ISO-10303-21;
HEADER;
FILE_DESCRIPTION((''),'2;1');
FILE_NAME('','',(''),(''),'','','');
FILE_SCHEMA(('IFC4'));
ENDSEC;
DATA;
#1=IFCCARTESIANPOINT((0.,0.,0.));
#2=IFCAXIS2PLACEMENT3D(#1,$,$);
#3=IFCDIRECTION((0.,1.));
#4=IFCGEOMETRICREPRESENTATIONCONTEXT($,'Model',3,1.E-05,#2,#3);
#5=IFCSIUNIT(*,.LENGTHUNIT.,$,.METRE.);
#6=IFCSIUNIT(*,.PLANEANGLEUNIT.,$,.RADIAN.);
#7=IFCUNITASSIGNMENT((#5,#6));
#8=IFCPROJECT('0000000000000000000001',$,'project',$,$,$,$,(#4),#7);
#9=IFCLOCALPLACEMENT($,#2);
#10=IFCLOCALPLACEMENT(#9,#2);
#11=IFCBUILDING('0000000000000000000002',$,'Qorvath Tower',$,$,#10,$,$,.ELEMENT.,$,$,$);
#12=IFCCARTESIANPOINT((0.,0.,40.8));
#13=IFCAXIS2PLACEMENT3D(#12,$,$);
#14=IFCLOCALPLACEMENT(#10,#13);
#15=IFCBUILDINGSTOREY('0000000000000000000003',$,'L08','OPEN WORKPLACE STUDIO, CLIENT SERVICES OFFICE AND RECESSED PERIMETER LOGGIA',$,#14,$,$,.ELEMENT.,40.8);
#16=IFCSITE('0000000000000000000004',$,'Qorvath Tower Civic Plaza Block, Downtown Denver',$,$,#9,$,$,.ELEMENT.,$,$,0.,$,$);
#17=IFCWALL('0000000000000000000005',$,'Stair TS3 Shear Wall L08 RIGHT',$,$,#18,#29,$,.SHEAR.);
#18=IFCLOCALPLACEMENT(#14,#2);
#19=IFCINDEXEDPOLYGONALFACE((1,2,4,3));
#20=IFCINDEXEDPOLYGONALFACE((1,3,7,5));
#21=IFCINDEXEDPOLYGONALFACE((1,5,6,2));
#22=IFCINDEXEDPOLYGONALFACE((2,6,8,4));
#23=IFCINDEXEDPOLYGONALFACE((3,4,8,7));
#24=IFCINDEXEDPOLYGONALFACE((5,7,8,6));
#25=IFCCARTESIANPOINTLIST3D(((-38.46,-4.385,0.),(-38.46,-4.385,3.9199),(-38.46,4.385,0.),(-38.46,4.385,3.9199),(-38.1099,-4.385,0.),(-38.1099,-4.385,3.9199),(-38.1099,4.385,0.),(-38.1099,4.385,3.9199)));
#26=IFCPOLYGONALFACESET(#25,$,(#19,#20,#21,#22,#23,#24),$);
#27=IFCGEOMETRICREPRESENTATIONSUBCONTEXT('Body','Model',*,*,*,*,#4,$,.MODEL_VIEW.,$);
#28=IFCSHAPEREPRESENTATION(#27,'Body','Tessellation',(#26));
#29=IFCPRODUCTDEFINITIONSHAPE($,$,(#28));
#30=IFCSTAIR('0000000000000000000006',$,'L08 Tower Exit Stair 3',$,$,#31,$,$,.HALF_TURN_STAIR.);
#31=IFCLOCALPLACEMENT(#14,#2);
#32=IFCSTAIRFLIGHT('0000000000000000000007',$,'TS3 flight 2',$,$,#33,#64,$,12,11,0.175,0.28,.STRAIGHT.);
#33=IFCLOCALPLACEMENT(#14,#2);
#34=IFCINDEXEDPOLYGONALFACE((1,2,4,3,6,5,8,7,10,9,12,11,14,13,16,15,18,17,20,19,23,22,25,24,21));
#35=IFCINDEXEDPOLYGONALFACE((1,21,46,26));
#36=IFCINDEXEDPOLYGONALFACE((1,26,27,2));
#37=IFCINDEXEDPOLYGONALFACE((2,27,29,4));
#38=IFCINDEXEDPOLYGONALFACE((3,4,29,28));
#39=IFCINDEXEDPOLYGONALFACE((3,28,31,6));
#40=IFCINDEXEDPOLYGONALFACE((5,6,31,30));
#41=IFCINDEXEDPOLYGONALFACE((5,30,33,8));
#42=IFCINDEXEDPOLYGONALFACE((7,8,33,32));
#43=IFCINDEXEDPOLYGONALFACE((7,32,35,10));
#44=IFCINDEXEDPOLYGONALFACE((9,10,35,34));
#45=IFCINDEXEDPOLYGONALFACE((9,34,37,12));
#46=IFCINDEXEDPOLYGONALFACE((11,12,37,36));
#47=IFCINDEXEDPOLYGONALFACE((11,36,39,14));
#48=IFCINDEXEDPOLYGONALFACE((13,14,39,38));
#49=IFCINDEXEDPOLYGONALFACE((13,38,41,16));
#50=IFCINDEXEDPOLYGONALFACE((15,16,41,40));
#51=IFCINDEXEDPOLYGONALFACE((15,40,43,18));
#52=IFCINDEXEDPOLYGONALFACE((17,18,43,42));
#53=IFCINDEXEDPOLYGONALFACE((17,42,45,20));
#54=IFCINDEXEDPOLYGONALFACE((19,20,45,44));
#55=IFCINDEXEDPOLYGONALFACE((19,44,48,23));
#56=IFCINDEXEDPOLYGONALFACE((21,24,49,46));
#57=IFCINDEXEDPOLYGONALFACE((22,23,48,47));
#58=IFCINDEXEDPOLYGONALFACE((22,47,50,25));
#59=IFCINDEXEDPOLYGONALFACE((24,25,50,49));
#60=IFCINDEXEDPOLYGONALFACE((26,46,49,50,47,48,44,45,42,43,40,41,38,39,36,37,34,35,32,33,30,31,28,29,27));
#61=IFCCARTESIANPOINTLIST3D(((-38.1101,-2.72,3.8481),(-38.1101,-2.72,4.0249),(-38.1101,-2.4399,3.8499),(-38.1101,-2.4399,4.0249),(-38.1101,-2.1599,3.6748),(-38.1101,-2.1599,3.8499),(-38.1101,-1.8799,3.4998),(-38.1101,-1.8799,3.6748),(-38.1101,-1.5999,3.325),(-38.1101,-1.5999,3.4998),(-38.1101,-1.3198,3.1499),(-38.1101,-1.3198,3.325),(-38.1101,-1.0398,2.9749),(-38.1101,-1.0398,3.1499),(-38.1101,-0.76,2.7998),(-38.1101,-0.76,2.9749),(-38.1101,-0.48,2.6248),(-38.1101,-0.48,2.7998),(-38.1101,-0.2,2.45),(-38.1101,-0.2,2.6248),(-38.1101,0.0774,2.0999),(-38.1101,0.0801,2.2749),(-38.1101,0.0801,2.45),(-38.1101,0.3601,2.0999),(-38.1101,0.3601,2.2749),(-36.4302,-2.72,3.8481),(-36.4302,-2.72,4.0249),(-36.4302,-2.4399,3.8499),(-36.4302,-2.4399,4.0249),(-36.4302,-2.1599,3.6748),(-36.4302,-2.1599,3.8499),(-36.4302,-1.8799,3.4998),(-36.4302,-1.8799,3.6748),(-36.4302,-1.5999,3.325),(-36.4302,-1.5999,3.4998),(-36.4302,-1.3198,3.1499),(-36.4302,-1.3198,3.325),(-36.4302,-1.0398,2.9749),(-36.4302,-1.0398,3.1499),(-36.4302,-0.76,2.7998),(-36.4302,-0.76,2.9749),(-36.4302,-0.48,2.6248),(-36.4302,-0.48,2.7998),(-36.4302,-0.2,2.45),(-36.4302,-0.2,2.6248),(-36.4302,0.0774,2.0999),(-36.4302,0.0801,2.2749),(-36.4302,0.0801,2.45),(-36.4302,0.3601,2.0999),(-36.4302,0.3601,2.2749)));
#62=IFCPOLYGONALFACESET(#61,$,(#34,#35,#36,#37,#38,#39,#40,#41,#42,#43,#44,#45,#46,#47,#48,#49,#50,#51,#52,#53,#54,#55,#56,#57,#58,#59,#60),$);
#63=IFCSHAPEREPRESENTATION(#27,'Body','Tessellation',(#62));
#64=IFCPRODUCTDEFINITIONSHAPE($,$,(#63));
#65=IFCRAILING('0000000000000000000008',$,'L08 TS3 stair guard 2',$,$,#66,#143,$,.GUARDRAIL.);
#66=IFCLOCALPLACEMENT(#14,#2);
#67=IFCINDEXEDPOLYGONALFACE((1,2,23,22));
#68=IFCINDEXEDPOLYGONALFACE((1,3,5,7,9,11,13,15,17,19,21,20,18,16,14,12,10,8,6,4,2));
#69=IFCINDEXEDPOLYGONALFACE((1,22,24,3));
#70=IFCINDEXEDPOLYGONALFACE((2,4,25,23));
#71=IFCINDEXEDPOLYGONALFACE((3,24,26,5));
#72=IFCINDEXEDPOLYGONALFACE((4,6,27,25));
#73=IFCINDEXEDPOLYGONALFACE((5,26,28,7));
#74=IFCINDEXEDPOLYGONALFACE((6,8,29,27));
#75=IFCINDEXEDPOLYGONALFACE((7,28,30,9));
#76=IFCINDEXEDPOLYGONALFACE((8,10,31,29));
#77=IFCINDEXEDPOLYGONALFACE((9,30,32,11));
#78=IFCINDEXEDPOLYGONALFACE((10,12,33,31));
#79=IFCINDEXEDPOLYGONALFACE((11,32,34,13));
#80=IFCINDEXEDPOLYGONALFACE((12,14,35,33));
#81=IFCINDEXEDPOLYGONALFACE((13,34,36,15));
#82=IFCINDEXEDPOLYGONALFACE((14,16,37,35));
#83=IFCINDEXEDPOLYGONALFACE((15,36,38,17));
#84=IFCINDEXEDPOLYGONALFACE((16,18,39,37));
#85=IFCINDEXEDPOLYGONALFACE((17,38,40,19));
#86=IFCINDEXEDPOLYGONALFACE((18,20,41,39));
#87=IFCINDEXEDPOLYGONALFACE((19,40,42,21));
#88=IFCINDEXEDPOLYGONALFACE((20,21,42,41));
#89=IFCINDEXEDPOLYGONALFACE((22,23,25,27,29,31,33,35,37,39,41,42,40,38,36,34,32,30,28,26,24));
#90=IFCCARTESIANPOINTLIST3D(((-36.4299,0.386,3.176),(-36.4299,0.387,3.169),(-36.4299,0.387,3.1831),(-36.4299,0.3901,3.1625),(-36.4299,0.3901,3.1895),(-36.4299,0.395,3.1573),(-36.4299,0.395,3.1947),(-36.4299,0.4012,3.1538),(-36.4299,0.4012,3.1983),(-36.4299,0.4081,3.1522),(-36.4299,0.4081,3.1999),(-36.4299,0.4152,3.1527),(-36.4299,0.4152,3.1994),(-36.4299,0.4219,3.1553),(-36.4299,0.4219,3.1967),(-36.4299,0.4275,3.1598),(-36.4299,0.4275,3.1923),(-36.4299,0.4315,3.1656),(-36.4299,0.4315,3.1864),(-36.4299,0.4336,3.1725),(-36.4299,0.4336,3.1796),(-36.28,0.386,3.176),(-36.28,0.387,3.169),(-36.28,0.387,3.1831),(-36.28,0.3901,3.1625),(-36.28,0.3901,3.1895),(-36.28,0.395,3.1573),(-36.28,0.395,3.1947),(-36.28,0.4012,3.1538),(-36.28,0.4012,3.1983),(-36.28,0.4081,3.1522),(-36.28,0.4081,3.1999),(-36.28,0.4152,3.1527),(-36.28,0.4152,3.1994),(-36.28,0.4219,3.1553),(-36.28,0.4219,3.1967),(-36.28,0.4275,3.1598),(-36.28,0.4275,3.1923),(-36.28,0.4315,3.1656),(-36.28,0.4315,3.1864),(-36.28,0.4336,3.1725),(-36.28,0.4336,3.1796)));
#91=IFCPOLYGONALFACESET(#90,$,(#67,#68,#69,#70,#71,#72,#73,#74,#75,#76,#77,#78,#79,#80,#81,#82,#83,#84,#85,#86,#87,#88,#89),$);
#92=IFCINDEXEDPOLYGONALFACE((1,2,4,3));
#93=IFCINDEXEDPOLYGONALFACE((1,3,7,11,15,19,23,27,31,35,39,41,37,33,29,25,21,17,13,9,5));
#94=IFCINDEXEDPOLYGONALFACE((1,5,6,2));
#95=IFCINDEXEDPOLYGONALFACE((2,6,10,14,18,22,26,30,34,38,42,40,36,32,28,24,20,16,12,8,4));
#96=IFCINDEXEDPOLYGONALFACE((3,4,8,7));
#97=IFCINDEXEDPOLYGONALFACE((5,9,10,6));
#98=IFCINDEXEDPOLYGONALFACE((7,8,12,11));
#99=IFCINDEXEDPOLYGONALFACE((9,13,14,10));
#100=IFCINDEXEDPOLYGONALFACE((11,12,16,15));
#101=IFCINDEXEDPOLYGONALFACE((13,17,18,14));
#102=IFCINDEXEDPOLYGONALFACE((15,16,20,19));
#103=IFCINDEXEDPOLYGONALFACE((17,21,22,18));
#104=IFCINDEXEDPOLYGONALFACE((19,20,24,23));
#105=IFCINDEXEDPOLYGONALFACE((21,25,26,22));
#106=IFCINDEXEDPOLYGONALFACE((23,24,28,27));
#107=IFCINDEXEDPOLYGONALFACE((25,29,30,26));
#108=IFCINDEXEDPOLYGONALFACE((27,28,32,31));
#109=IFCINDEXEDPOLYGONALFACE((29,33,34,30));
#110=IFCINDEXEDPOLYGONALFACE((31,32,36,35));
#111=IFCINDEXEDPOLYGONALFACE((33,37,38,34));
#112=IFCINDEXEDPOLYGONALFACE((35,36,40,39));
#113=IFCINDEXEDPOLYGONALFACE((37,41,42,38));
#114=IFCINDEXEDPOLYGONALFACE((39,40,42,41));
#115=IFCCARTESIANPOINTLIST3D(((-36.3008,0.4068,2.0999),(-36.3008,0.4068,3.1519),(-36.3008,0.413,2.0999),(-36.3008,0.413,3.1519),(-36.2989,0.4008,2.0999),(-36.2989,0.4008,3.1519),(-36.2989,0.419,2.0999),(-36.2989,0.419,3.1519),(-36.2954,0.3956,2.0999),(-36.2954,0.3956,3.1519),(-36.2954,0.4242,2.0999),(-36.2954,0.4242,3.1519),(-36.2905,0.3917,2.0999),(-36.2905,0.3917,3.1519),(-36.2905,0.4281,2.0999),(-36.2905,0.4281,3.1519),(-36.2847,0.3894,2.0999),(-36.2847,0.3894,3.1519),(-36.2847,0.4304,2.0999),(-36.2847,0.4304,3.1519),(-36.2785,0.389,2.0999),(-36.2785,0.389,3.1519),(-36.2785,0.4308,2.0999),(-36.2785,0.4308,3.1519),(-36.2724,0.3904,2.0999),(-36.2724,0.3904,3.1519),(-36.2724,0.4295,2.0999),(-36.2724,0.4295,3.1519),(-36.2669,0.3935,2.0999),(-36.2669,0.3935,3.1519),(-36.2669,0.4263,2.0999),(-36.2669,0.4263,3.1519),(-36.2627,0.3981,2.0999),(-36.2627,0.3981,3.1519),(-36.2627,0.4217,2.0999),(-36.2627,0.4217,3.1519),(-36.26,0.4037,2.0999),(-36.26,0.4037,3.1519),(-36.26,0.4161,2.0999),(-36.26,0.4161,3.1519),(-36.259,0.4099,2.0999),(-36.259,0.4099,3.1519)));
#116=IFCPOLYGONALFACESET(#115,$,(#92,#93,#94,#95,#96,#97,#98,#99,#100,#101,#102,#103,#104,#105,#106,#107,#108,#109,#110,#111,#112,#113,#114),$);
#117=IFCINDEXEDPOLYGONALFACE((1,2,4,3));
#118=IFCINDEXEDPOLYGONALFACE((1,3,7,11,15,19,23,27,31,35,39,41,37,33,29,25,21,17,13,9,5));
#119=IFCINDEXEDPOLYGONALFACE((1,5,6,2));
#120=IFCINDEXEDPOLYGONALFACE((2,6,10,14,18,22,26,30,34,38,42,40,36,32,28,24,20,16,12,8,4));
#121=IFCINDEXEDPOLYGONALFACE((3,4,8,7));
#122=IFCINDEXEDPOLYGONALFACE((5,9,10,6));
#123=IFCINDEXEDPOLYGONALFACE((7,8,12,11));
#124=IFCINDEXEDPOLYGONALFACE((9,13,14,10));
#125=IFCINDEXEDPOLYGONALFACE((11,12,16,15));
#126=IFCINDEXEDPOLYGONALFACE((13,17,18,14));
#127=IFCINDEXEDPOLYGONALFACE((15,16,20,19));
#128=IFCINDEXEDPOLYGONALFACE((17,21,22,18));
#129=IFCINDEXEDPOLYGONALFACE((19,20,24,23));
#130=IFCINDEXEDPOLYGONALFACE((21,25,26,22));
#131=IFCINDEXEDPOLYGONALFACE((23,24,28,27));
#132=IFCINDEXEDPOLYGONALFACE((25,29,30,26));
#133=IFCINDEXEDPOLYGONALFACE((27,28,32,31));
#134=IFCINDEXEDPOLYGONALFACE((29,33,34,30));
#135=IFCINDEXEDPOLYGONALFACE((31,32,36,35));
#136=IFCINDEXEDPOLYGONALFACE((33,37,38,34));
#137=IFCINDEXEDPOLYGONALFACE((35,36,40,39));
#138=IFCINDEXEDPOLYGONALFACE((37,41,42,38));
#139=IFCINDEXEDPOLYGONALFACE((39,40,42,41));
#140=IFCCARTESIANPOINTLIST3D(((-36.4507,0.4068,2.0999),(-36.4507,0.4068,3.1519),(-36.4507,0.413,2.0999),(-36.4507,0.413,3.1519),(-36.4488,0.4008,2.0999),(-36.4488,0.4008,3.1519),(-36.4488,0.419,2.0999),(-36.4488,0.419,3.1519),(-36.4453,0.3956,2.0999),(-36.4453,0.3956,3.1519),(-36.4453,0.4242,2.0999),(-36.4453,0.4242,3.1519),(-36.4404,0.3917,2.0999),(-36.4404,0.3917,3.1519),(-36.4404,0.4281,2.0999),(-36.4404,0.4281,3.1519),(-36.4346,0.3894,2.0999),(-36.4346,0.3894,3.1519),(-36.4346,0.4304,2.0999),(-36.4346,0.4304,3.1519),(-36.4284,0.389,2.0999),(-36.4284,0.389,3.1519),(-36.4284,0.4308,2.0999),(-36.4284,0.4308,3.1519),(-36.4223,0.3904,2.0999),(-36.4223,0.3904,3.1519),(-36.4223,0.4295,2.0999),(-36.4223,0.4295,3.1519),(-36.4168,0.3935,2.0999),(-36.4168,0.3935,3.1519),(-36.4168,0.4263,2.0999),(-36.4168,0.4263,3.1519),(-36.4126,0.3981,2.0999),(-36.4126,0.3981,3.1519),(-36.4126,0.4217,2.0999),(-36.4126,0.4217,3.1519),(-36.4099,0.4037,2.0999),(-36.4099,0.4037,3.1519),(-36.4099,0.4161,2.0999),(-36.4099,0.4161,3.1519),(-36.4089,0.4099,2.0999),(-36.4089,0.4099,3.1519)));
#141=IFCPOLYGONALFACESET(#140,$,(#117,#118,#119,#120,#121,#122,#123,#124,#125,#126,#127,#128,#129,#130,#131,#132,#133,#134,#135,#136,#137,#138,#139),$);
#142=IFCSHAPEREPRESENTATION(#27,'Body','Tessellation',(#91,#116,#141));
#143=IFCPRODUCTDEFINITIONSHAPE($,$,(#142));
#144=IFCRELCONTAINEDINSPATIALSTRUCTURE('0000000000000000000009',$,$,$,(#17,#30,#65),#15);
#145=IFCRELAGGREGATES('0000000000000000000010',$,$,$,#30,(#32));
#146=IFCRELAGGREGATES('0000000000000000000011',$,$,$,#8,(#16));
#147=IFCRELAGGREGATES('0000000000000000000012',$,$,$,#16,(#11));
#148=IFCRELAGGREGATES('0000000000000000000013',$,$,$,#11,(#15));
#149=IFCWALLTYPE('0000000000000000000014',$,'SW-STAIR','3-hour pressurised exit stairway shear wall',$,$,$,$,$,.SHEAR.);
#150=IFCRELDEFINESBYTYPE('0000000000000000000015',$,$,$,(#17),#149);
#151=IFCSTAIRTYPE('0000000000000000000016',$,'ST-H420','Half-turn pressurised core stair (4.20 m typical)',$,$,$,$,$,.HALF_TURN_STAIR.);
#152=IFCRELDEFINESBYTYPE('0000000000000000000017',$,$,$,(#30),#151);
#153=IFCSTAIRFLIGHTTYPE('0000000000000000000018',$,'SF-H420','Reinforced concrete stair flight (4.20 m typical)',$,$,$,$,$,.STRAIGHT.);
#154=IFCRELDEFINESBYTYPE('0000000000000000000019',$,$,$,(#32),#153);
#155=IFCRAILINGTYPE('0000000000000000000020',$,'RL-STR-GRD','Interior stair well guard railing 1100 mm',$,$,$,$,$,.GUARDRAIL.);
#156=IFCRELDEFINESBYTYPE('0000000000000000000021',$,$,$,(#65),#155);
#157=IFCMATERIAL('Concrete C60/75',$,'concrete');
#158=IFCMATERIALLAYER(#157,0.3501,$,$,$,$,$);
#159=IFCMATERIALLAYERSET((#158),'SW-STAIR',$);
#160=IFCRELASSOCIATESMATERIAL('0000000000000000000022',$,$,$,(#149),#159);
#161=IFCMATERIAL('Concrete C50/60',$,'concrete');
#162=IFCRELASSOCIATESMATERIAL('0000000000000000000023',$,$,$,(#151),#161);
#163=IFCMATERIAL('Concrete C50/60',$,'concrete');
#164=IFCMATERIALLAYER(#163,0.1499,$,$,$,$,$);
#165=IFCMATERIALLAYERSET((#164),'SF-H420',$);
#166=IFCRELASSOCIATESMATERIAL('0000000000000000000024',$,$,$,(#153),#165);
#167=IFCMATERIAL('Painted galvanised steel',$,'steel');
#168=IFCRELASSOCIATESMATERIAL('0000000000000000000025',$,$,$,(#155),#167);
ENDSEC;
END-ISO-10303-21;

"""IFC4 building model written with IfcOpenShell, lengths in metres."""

from ifc_helpers import new_model, si_unit, direction, frame, frame_2d, origin, origin_2d, place, context, subcontext, project, spatial, polyline, rectangle, circle, outline, extrude, material, layer, layer_set, type_object, element, aggregate, save


model = new_model("IFC4")

# Units and contexts
model_context = context("Model", 3, precision=1e-05, world=origin(), true_north=direction((0.0, 1.0)))
body_context = subcontext(model_context, "Body", "Model", "MODEL_VIEW")
ifc_project = project(units=[si_unit("LENGTHUNIT", "METRE"), si_unit("PLANEANGLEUNIT", "RADIAN")], contexts=[model_context])

# Site, building, storey
site_placement = place(None, origin())
site = spatial("IfcSite", under=ifc_project, at=site_placement, Name="Qorvath Tower Civic Plaza Block, Downtown Denver", CompositionType="ELEMENT", RefElevation=0.0)
building_placement = place(site_placement, origin())
building = spatial("IfcBuilding", under=site, at=building_placement, Name="Qorvath Tower", CompositionType="ELEMENT")
storey_placement = place(building_placement, frame((0.0, 0.0, 40.8)))
storey = spatial("IfcBuildingStorey", under=building, at=storey_placement, Name="L08", Description="OPEN WORKPLACE STUDIO, CLIENT SERVICES OFFICE AND RECESSED PERIMETER LOGGIA", CompositionType="ELEMENT", Elevation=40.8)

# Wall
ifc_material_1 = material(Name="Concrete C60/75", Category="concrete")
ifc_layer_1 = layer(ifc_material_1, 0.3501)
ifc_layer_set_1 = layer_set([ifc_layer_1], Name="SW-STAIR")
wall_type_1 = type_object("IfcWallType", Name="SW-STAIR", Description="3-hour pressurised exit stairway shear wall", PredefinedType="SHEAR", material=ifc_layer_set_1)
wall_1_placement = place(storey_placement, frame((-38.2849, 4.385, 0.0), z_axis=(0.0, 0.0, 1.0), x_axis=(0.0, -1.0, 0.0)))
element("IfcWall", 1, at=wall_1_placement, inside=storey, type_object=wall_type_1, Name="Stair TS3 Shear Wall L08 RIGHT", PredefinedType="SHEAR", context=body_context, shape_type="SweptSolid", body=[
    extrude(rectangle(XDim=8.77, YDim=0.3501, at=frame_2d((4.385, 0.0))), origin(), (0.0, 0.0, 1.0), 3.9199),
])

# Stair, stair flight
ifc_material_2 = material(Name="Concrete C50/60", Category="concrete")
stair_type = type_object("IfcStairType", Name="ST-H420", Description="Half-turn pressurised core stair (4.20 m typical)", PredefinedType="HALF_TURN_STAIR", material=ifc_material_2)
stair_placement = place(storey_placement, origin())
stair = element("IfcStair", 2, at=stair_placement, inside=storey, type_object=stair_type, Name="L08 Tower Exit Stair 3", PredefinedType="HALF_TURN_STAIR")
ifc_material_3 = material(Name="Concrete C50/60", Category="concrete")
ifc_layer_2 = layer(ifc_material_3, 0.1499)
ifc_layer_set_2 = layer_set([ifc_layer_2], Name="SF-H420")
stair_flight_type = type_object("IfcStairFlightType", Name="SF-H420", Description="Reinforced concrete stair flight (4.20 m typical)", PredefinedType="STRAIGHT", material=ifc_layer_set_2)
stair_flight_placement = place(storey_placement, frame((-37.27, 0.3601, 2.0999), z_axis=(0.0, 0.0, 1.0), x_axis=(0.0, -1.0, 0.0)))
stair_flight = element("IfcStairFlight", 3, at=stair_flight_placement, type_object=stair_flight_type, Name="TS3 flight 2", NumberOfRisers=12, NumberOfTreads=11, PredefinedType="STRAIGHT", RiserHeight=0.175, TreadLength=0.28, context=body_context, shape_type="SweptSolid", body=[
    extrude(outline(polyline([(0.0, 0.0), (0.0, 0.175), (0.28, 0.175), (0.28, 0.3501), (0.5601, 0.3501), (0.5601, 0.5249), (0.8401, 0.5249), (0.8401, 0.7), (1.1201, 0.7), (1.1201, 0.875), (1.3999, 0.875), (1.3999, 1.05), (1.6799, 1.05), (1.6799, 1.2251), (1.96, 1.2251), (1.96, 1.3999), (2.24, 1.3999), (2.24, 1.575), (2.52, 1.575), (2.52, 1.75), (2.8, 1.75), (2.8, 1.925), (3.0801, 1.925), (3.0801, 2.1001), (3.0801, 1.7483), (0.2827, 0.0), (0.0, 0.0)])), frame((0.0, 0.8398, 0.0), z_axis=(0.0, -1.0, 0.0), x_axis=(1.0, 0.0, 0.0)), (0.0, 0.0, 1.0), 1.6799),
])
aggregate(stair, [stair_flight])

# Railing
ifc_material_4 = material(Name="Painted galvanised steel", Category="steel")
railing_type_1 = type_object("IfcRailingType", Name="RL-STR-GRD", Description="Interior stair well guard railing 1100 mm", PredefinedType="GUARDRAIL", material=ifc_material_4)
railing_1_placement = place(storey_placement, frame((-36.28, 0.4099, 2.0999)))
element("IfcRailing", 4, at=railing_1_placement, inside=storey, type_object=railing_type_1, Name="L08 TS3 stair guard 2", PredefinedType="GUARDRAIL", context=body_context, shape_type="SweptSolid", body=[
    extrude(circle(Radius=0.0239, at=origin_2d()), frame((0.0, 0.0, 1.0762), z_axis=(-1.0, 0.0, 0.0), x_axis=(0.0, -1.0, 0.0)), (0.0, 0.0, 1.0), 0.1499),
    extrude(circle(Radius=0.021, at=origin_2d()), origin(), (0.0, 0.0, 1.0), 1.052),
    extrude(circle(Radius=0.021, at=origin_2d()), frame((-0.1499, 0.0, 0.0)), (0.0, 0.0, 1.0), 1.052),
])

save(model, "model.ifc")
